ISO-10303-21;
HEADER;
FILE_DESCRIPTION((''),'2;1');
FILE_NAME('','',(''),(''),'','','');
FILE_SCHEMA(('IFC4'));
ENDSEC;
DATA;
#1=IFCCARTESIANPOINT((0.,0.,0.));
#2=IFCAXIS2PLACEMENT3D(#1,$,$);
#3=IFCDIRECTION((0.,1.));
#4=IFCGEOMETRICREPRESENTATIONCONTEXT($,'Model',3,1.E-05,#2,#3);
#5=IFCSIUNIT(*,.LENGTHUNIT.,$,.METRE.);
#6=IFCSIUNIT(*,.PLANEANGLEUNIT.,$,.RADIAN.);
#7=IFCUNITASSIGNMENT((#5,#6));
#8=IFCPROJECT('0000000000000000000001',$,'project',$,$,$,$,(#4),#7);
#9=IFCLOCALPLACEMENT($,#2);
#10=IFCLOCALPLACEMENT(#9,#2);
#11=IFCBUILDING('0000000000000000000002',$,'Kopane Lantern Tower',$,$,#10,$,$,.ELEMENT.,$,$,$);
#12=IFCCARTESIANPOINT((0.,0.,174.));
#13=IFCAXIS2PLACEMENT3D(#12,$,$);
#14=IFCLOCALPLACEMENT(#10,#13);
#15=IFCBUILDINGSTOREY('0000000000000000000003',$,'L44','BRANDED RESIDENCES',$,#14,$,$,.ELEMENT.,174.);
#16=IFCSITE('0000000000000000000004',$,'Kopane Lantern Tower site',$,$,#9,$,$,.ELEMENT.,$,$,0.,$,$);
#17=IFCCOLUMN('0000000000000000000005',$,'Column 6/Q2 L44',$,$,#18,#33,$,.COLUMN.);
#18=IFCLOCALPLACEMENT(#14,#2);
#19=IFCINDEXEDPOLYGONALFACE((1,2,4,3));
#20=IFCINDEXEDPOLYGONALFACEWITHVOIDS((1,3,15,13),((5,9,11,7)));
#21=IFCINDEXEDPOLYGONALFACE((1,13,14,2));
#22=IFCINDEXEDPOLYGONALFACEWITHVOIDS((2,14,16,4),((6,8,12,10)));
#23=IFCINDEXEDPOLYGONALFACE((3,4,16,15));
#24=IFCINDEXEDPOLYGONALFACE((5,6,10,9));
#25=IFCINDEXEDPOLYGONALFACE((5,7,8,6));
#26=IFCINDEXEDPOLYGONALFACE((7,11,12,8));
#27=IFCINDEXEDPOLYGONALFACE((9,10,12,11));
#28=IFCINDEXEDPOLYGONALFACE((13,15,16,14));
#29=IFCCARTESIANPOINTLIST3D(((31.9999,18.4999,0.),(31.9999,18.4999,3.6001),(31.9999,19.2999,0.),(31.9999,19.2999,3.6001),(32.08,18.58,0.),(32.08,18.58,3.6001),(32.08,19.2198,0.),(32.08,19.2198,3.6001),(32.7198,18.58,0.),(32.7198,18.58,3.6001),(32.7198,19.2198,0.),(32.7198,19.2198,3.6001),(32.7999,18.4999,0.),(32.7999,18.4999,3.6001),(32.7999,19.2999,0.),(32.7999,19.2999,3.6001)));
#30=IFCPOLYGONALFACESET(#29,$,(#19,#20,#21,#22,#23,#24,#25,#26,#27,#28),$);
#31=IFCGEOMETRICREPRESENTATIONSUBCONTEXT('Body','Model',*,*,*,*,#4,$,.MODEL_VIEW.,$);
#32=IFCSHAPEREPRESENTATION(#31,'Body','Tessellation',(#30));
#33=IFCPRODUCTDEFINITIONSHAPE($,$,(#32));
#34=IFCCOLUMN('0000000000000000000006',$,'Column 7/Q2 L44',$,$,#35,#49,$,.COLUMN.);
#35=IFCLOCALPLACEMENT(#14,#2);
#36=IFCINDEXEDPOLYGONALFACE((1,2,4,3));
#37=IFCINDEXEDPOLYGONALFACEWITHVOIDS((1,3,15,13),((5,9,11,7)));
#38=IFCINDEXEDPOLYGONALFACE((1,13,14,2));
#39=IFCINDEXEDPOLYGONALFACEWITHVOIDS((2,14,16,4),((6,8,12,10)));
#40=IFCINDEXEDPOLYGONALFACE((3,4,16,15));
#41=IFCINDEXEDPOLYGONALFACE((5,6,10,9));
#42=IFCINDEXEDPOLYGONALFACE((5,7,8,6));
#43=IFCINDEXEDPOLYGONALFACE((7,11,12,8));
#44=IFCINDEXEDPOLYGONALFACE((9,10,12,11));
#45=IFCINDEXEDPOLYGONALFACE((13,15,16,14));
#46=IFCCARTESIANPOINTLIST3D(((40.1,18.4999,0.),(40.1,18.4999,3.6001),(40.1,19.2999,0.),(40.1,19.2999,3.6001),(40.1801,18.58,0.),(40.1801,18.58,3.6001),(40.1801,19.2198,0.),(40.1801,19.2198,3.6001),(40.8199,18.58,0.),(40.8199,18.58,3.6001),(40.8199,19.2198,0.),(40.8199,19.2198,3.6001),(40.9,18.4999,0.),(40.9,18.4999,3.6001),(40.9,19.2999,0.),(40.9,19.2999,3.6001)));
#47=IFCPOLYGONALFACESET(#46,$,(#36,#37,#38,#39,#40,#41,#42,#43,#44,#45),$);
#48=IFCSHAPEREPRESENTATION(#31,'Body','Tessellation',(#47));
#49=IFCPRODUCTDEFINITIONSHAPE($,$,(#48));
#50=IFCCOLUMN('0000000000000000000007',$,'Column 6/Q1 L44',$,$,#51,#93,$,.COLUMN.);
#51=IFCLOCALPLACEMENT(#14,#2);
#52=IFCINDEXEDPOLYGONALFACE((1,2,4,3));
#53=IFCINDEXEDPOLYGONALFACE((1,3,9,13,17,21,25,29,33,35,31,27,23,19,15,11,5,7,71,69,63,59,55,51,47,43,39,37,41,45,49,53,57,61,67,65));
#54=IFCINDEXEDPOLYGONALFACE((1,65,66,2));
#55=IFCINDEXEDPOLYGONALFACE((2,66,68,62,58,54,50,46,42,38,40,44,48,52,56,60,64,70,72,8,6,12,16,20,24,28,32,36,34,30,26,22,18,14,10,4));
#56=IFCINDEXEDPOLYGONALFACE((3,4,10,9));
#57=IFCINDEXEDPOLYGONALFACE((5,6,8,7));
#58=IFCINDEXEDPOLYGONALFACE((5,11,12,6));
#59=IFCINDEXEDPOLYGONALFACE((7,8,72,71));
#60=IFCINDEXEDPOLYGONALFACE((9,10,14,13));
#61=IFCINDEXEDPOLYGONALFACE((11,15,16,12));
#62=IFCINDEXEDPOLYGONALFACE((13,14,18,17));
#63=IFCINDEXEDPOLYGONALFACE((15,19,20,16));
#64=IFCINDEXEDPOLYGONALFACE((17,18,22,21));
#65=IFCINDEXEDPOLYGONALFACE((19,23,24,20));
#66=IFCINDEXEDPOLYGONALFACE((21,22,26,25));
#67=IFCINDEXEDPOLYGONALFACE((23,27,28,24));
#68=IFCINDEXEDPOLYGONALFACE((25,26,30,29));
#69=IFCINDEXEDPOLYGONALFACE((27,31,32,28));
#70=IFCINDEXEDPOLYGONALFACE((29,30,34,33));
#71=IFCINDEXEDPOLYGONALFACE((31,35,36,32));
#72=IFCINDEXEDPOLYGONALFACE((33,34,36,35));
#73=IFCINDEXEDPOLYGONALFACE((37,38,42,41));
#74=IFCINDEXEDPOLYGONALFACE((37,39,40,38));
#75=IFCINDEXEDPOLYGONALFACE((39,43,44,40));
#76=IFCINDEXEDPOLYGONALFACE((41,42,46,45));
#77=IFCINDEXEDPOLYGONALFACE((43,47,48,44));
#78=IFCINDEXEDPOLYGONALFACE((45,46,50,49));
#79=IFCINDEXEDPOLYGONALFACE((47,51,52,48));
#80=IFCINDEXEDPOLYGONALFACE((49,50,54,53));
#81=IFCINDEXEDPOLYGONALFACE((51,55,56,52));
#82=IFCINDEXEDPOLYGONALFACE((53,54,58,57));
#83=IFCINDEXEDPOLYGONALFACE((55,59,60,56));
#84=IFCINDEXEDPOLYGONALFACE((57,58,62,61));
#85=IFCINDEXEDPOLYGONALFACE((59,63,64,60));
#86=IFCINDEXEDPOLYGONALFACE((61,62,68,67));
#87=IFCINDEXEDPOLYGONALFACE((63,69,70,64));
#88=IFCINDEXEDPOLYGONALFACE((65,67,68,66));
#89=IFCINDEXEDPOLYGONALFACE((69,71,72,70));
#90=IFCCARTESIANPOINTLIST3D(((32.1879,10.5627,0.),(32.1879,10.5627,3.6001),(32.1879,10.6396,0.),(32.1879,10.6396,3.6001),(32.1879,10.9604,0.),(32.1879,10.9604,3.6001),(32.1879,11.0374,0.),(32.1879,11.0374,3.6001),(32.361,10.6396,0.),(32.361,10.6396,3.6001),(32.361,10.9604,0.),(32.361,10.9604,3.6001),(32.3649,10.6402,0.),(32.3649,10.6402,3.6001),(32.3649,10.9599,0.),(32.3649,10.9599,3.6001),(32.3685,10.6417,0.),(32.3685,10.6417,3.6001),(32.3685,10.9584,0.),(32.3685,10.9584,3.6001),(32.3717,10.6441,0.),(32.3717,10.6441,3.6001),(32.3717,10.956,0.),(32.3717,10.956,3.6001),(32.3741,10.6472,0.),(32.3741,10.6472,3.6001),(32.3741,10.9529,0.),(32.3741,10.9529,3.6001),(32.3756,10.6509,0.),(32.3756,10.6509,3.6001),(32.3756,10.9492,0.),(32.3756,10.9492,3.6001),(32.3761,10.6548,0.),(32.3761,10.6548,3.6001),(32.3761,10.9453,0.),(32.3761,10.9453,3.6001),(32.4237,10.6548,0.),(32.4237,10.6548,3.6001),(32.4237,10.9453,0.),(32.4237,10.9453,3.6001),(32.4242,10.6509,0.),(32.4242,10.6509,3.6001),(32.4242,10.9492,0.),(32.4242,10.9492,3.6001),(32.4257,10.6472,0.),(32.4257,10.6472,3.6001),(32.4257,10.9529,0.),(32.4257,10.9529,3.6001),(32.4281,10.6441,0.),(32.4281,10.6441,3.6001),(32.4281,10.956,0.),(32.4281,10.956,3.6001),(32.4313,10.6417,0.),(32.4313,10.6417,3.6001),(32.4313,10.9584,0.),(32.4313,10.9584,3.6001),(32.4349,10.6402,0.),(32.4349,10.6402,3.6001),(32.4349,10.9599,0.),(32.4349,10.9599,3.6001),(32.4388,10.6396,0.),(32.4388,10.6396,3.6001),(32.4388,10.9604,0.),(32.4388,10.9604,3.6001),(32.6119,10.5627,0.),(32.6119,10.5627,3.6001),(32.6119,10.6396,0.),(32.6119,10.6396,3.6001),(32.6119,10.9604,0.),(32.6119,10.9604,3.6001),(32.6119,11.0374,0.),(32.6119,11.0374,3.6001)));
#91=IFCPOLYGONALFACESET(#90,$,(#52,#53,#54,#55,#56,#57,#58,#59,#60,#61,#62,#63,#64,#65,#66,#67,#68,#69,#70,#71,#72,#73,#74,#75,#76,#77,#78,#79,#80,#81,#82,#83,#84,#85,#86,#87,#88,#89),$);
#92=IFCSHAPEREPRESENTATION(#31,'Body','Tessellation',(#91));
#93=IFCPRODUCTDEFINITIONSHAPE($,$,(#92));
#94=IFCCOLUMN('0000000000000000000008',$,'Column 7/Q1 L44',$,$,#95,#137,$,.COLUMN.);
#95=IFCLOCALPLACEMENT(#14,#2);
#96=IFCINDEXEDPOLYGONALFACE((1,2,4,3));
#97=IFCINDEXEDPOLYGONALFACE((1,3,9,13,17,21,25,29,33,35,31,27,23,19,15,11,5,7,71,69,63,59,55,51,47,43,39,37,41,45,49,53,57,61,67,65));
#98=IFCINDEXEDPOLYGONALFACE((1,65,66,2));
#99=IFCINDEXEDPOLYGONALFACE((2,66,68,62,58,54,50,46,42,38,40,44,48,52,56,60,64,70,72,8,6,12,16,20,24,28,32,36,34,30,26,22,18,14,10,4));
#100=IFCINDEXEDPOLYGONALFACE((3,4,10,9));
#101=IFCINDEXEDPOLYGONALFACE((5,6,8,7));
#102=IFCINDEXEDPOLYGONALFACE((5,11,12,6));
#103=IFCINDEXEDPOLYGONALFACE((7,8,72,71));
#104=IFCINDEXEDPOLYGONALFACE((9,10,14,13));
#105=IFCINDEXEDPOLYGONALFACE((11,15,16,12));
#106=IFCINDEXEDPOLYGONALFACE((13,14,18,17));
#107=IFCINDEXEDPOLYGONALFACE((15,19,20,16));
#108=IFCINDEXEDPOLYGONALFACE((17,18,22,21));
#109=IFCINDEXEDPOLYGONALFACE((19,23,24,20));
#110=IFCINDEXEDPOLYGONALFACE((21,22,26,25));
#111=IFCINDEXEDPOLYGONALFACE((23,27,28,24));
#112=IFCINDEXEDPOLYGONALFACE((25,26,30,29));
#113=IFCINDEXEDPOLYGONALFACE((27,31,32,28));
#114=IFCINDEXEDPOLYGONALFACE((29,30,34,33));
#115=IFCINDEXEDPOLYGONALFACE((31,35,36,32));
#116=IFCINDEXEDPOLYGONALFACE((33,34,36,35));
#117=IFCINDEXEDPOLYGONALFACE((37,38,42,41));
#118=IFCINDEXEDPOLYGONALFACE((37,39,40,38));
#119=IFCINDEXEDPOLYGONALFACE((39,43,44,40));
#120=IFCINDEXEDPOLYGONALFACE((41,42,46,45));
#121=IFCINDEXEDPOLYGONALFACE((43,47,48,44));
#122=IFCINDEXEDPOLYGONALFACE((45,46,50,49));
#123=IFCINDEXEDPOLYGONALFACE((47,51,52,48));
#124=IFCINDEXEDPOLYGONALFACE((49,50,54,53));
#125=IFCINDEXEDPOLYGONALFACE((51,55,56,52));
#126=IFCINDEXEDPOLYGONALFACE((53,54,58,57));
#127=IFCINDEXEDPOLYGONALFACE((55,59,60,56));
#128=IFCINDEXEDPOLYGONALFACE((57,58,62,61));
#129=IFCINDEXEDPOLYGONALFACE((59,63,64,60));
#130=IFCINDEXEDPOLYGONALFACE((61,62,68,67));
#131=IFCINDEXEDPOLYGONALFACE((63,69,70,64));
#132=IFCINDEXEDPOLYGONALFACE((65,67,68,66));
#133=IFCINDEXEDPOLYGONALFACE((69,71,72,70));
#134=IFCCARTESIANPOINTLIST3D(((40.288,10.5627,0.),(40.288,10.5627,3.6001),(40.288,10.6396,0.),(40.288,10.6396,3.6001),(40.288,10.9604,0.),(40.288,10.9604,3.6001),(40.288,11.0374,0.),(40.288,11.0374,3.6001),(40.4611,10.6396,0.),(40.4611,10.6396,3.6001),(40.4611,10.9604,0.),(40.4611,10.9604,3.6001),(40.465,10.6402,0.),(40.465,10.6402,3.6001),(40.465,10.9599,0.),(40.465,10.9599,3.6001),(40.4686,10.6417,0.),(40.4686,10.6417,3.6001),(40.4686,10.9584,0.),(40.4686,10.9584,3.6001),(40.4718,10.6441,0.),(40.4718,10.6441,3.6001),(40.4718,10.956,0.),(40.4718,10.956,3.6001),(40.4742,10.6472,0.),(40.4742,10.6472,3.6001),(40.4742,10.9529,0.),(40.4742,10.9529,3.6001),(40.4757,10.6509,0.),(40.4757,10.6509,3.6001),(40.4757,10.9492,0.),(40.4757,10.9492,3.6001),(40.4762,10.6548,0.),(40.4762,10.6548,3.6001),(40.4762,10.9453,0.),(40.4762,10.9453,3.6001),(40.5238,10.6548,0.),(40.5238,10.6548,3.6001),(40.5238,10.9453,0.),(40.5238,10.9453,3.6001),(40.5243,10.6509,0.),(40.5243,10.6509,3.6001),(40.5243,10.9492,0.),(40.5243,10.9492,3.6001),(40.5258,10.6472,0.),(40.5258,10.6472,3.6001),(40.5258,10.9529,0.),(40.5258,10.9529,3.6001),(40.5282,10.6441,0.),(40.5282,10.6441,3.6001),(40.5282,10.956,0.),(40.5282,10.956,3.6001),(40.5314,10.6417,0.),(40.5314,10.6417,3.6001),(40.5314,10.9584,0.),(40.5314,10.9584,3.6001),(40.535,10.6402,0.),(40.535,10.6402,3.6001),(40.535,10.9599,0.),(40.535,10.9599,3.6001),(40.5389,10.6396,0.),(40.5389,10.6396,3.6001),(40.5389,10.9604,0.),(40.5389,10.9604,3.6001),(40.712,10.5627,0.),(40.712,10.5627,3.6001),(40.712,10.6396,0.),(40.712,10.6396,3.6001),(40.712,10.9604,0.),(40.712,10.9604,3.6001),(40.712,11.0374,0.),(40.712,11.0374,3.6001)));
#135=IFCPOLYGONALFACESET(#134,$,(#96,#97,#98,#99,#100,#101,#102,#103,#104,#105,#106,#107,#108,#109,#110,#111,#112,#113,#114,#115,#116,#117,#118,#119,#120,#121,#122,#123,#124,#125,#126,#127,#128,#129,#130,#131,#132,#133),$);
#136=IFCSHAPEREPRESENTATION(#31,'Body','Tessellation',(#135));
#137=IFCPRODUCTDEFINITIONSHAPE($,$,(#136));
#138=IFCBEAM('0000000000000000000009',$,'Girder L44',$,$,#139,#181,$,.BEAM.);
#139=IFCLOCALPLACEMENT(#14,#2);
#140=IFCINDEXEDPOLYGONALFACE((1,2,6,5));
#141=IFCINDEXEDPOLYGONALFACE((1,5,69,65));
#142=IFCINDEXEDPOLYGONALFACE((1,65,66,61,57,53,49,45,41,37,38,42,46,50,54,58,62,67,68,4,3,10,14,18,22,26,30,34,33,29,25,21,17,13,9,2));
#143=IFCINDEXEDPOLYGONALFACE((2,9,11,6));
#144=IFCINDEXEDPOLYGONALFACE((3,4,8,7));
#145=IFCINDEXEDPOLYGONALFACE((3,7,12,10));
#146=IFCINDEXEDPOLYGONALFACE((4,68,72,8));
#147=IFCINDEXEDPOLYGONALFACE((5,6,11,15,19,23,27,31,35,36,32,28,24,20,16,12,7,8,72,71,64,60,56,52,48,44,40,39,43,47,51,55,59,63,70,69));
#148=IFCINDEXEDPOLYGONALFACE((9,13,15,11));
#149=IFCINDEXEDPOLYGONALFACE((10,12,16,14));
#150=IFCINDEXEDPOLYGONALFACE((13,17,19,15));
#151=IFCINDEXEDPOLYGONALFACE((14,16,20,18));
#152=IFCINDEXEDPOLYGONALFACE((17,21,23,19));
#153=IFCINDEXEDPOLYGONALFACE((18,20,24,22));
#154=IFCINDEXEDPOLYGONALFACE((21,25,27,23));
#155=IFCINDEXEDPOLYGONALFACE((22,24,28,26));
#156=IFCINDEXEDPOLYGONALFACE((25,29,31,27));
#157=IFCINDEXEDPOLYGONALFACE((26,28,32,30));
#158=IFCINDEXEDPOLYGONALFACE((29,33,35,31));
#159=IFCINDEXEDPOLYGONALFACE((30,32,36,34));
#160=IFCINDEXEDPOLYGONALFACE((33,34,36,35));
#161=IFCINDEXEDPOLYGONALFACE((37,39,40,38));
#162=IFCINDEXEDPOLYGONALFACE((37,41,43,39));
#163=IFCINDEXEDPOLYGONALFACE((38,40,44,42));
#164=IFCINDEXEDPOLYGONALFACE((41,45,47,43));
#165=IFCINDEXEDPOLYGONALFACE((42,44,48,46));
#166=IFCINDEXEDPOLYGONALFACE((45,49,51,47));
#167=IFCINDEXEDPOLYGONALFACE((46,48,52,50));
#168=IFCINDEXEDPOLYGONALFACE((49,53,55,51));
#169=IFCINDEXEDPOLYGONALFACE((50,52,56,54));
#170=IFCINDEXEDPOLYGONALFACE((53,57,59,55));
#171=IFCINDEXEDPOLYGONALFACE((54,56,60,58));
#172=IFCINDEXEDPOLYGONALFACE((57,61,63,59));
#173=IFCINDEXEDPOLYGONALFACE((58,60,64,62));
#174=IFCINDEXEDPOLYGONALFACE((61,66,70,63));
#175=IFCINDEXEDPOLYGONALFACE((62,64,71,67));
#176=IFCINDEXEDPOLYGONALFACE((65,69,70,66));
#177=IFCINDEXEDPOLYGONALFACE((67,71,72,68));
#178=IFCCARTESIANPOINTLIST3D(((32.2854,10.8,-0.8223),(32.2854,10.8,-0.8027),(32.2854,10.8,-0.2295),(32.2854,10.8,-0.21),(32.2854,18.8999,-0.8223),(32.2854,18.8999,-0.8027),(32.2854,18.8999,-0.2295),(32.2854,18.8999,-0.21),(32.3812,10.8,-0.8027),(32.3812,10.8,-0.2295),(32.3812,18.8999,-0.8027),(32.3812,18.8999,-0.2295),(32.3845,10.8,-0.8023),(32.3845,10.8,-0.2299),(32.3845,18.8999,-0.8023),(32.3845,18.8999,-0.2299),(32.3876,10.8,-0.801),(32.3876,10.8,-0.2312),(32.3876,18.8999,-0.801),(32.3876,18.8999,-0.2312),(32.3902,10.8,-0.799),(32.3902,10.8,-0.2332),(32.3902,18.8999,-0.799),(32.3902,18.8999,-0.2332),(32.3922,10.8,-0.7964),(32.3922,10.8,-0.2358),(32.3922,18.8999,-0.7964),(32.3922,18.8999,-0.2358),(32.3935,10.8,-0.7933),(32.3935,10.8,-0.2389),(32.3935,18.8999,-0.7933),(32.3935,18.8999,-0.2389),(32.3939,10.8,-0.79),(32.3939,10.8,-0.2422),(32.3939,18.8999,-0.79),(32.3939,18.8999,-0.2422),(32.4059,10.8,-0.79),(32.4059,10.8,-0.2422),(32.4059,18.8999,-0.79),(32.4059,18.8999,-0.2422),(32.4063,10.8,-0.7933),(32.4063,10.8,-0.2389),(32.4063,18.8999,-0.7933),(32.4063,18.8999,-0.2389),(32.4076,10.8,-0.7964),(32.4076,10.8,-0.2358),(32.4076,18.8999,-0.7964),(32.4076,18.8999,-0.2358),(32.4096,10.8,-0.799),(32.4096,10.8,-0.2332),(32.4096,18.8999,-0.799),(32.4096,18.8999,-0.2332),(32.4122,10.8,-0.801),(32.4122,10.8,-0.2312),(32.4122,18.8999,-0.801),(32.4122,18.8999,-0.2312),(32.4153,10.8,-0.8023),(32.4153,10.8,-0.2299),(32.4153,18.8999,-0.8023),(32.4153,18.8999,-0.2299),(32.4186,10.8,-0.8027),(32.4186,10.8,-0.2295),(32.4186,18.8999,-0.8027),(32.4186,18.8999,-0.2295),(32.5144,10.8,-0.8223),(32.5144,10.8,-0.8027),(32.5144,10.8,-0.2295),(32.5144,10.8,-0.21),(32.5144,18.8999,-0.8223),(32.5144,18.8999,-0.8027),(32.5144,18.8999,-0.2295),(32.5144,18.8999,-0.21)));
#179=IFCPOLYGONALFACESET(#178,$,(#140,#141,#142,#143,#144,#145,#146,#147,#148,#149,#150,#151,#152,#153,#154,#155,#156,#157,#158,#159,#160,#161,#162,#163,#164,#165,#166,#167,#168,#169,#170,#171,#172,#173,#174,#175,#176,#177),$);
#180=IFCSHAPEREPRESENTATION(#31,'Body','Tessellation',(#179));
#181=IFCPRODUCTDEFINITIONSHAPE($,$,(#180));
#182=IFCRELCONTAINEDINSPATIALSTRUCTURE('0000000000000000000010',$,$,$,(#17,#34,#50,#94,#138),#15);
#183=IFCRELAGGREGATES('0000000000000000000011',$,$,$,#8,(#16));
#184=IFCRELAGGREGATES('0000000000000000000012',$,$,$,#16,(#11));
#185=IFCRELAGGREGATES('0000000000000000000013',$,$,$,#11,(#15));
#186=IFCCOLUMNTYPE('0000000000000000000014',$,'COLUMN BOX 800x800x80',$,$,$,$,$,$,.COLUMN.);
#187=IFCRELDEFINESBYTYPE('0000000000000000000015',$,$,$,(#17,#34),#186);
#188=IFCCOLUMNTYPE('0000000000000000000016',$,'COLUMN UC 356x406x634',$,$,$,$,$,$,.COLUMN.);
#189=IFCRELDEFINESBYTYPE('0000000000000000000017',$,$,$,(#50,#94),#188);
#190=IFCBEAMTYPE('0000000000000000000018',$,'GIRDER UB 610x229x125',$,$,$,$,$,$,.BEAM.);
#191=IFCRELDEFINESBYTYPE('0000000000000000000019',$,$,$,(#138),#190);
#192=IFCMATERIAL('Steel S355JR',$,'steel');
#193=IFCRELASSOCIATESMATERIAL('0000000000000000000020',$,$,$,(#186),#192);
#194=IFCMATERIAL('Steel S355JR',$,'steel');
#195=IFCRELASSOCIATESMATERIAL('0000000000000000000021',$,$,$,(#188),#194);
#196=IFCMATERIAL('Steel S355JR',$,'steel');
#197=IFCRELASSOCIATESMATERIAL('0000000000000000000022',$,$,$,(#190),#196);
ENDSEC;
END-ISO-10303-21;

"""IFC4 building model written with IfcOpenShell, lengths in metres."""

from ifc_helpers import new_model, si_unit, direction, frame, origin, origin_2d, place, context, subcontext, project, spatial, hollow_rectangle, i_section, extrude, material, material_profile, profile_set, type_object, element, save


model = new_model("IFC4")

# Units and contexts
model_context = context("Model", 3, precision=1e-05, world=origin(), true_north=direction((0.0, 1.0)))
body_context = subcontext(model_context, "Body", "Model", "MODEL_VIEW")
ifc_project = project(units=[si_unit("LENGTHUNIT", "METRE"), si_unit("PLANEANGLEUNIT", "RADIAN")], contexts=[model_context])

# Site, building, storey
site_placement = place(None, origin())
site = spatial("IfcSite", under=ifc_project, at=site_placement, Name="Kopane Lantern Tower site", CompositionType="ELEMENT", RefElevation=0.0)
building_placement = place(site_placement, origin())
building = spatial("IfcBuilding", under=site, at=building_placement, Name="Kopane Lantern Tower", CompositionType="ELEMENT")
storey_placement = place(building_placement, frame((0.0, 0.0, 174.0)))
storey = spatial("IfcBuildingStorey", under=building, at=storey_placement, Name="L44", Description="BRANDED RESIDENCES", CompositionType="ELEMENT", Elevation=174.0)

# Columns
ifc_material_1 = material(Name="Steel S355JR", Category="steel")
ifc_material_profile_1 = material_profile(ifc_material_1, hollow_rectangle(XDim=0.8, YDim=0.8, WallThickness=0.0801, at=origin_2d()), Name="BOX 800x800x80")
ifc_profile_set_1 = profile_set([ifc_material_profile_1], Name="Steel S355JR")
column_type_1 = type_object("IfcColumnType", Name="COLUMN BOX 800x800x80", PredefinedType="COLUMN", material=ifc_profile_set_1)
for number, where, z_axis, x_axis, name in (
    (1, (32.3999, 18.8999, 0.0), (0.0, 0.0, 1.0), (1.0, 0.0, 0.0), "Column 6/Q2 L44"),
    (2, (40.5, 18.8999, 0.0), (0.0, 0.0, 1.0), (1.0, 0.0, 0.0), "Column 7/Q2 L44"),
):
    element("IfcColumn", number, at=place(storey_placement, frame(where, z_axis=z_axis, x_axis=x_axis)), inside=storey, type_object=column_type_1, Name=name, PredefinedType="COLUMN", context=body_context, shape_type="SweptSolid", body=[
        extrude(hollow_rectangle(XDim=0.8, YDim=0.8, WallThickness=0.0801, at=origin_2d()), origin(), (0.0, 0.0, 1.0), 3.6001),
    ])
ifc_material_2 = material(Name="Steel S355JR", Category="steel")
ifc_material_profile_2 = material_profile(ifc_material_2, i_section(OverallWidth=0.4241, OverallDepth=0.4746, WebThickness=0.0476, FlangeThickness=0.0769, FilletRadius=0.0151, at=origin_2d()), Name="UC 356x406x634")
ifc_profile_set_2 = profile_set([ifc_material_profile_2], Name="Steel S355JR")
column_type_2 = type_object("IfcColumnType", Name="COLUMN UC 356x406x634", PredefinedType="COLUMN", material=ifc_profile_set_2)
for number, where, z_axis, x_axis, name in (
    (3, (32.3999, 10.8, 0.0), (0.0, 0.0, 1.0), (1.0, 0.0, 0.0), "Column 6/Q1 L44"),
    (4, (40.5, 10.8, 0.0), (0.0, 0.0, 1.0), (1.0, 0.0, 0.0), "Column 7/Q1 L44"),
):
    element("IfcColumn", number, at=place(storey_placement, frame(where, z_axis=z_axis, x_axis=x_axis)), inside=storey, type_object=column_type_2, Name=name, PredefinedType="COLUMN", context=body_context, shape_type="SweptSolid", body=[
        extrude(i_section(OverallWidth=0.4241, OverallDepth=0.4746, WebThickness=0.0476, FlangeThickness=0.0769, FilletRadius=0.0151, at=origin_2d()), origin(), (0.0, 0.0, 1.0), 3.6001),
    ])

# Beam
ifc_material_3 = material(Name="Steel S355JR", Category="steel")
ifc_material_profile_3 = material_profile(ifc_material_3, i_section(OverallWidth=0.229, OverallDepth=0.6123, WebThickness=0.012, FlangeThickness=0.0195, FilletRadius=0.0127, at=origin_2d()), Name="UB 610x229x125")
ifc_profile_set_3 = profile_set([ifc_material_profile_3], Name="Steel S355JR")
beam_type = type_object("IfcBeamType", Name="GIRDER UB 610x229x125", PredefinedType="BEAM", material=ifc_profile_set_3)
beam_1_placement = place(storey_placement, frame((32.3999, 10.8, -0.5161), z_axis=(0.0, 1.0, 0.0), x_axis=(-1.0, 0.0, 0.0)))
element("IfcBeam", 5, at=beam_1_placement, inside=storey, type_object=beam_type, Name="Girder L44", PredefinedType="BEAM", context=body_context, shape_type="SweptSolid", body=[
    extrude(i_section(OverallWidth=0.229, OverallDepth=0.6123, WebThickness=0.012, FlangeThickness=0.0195, FilletRadius=0.0127, at=origin_2d()), origin(), (0.0, 0.0, 1.0), 8.0999),
])

save(model, "model.ifc")
